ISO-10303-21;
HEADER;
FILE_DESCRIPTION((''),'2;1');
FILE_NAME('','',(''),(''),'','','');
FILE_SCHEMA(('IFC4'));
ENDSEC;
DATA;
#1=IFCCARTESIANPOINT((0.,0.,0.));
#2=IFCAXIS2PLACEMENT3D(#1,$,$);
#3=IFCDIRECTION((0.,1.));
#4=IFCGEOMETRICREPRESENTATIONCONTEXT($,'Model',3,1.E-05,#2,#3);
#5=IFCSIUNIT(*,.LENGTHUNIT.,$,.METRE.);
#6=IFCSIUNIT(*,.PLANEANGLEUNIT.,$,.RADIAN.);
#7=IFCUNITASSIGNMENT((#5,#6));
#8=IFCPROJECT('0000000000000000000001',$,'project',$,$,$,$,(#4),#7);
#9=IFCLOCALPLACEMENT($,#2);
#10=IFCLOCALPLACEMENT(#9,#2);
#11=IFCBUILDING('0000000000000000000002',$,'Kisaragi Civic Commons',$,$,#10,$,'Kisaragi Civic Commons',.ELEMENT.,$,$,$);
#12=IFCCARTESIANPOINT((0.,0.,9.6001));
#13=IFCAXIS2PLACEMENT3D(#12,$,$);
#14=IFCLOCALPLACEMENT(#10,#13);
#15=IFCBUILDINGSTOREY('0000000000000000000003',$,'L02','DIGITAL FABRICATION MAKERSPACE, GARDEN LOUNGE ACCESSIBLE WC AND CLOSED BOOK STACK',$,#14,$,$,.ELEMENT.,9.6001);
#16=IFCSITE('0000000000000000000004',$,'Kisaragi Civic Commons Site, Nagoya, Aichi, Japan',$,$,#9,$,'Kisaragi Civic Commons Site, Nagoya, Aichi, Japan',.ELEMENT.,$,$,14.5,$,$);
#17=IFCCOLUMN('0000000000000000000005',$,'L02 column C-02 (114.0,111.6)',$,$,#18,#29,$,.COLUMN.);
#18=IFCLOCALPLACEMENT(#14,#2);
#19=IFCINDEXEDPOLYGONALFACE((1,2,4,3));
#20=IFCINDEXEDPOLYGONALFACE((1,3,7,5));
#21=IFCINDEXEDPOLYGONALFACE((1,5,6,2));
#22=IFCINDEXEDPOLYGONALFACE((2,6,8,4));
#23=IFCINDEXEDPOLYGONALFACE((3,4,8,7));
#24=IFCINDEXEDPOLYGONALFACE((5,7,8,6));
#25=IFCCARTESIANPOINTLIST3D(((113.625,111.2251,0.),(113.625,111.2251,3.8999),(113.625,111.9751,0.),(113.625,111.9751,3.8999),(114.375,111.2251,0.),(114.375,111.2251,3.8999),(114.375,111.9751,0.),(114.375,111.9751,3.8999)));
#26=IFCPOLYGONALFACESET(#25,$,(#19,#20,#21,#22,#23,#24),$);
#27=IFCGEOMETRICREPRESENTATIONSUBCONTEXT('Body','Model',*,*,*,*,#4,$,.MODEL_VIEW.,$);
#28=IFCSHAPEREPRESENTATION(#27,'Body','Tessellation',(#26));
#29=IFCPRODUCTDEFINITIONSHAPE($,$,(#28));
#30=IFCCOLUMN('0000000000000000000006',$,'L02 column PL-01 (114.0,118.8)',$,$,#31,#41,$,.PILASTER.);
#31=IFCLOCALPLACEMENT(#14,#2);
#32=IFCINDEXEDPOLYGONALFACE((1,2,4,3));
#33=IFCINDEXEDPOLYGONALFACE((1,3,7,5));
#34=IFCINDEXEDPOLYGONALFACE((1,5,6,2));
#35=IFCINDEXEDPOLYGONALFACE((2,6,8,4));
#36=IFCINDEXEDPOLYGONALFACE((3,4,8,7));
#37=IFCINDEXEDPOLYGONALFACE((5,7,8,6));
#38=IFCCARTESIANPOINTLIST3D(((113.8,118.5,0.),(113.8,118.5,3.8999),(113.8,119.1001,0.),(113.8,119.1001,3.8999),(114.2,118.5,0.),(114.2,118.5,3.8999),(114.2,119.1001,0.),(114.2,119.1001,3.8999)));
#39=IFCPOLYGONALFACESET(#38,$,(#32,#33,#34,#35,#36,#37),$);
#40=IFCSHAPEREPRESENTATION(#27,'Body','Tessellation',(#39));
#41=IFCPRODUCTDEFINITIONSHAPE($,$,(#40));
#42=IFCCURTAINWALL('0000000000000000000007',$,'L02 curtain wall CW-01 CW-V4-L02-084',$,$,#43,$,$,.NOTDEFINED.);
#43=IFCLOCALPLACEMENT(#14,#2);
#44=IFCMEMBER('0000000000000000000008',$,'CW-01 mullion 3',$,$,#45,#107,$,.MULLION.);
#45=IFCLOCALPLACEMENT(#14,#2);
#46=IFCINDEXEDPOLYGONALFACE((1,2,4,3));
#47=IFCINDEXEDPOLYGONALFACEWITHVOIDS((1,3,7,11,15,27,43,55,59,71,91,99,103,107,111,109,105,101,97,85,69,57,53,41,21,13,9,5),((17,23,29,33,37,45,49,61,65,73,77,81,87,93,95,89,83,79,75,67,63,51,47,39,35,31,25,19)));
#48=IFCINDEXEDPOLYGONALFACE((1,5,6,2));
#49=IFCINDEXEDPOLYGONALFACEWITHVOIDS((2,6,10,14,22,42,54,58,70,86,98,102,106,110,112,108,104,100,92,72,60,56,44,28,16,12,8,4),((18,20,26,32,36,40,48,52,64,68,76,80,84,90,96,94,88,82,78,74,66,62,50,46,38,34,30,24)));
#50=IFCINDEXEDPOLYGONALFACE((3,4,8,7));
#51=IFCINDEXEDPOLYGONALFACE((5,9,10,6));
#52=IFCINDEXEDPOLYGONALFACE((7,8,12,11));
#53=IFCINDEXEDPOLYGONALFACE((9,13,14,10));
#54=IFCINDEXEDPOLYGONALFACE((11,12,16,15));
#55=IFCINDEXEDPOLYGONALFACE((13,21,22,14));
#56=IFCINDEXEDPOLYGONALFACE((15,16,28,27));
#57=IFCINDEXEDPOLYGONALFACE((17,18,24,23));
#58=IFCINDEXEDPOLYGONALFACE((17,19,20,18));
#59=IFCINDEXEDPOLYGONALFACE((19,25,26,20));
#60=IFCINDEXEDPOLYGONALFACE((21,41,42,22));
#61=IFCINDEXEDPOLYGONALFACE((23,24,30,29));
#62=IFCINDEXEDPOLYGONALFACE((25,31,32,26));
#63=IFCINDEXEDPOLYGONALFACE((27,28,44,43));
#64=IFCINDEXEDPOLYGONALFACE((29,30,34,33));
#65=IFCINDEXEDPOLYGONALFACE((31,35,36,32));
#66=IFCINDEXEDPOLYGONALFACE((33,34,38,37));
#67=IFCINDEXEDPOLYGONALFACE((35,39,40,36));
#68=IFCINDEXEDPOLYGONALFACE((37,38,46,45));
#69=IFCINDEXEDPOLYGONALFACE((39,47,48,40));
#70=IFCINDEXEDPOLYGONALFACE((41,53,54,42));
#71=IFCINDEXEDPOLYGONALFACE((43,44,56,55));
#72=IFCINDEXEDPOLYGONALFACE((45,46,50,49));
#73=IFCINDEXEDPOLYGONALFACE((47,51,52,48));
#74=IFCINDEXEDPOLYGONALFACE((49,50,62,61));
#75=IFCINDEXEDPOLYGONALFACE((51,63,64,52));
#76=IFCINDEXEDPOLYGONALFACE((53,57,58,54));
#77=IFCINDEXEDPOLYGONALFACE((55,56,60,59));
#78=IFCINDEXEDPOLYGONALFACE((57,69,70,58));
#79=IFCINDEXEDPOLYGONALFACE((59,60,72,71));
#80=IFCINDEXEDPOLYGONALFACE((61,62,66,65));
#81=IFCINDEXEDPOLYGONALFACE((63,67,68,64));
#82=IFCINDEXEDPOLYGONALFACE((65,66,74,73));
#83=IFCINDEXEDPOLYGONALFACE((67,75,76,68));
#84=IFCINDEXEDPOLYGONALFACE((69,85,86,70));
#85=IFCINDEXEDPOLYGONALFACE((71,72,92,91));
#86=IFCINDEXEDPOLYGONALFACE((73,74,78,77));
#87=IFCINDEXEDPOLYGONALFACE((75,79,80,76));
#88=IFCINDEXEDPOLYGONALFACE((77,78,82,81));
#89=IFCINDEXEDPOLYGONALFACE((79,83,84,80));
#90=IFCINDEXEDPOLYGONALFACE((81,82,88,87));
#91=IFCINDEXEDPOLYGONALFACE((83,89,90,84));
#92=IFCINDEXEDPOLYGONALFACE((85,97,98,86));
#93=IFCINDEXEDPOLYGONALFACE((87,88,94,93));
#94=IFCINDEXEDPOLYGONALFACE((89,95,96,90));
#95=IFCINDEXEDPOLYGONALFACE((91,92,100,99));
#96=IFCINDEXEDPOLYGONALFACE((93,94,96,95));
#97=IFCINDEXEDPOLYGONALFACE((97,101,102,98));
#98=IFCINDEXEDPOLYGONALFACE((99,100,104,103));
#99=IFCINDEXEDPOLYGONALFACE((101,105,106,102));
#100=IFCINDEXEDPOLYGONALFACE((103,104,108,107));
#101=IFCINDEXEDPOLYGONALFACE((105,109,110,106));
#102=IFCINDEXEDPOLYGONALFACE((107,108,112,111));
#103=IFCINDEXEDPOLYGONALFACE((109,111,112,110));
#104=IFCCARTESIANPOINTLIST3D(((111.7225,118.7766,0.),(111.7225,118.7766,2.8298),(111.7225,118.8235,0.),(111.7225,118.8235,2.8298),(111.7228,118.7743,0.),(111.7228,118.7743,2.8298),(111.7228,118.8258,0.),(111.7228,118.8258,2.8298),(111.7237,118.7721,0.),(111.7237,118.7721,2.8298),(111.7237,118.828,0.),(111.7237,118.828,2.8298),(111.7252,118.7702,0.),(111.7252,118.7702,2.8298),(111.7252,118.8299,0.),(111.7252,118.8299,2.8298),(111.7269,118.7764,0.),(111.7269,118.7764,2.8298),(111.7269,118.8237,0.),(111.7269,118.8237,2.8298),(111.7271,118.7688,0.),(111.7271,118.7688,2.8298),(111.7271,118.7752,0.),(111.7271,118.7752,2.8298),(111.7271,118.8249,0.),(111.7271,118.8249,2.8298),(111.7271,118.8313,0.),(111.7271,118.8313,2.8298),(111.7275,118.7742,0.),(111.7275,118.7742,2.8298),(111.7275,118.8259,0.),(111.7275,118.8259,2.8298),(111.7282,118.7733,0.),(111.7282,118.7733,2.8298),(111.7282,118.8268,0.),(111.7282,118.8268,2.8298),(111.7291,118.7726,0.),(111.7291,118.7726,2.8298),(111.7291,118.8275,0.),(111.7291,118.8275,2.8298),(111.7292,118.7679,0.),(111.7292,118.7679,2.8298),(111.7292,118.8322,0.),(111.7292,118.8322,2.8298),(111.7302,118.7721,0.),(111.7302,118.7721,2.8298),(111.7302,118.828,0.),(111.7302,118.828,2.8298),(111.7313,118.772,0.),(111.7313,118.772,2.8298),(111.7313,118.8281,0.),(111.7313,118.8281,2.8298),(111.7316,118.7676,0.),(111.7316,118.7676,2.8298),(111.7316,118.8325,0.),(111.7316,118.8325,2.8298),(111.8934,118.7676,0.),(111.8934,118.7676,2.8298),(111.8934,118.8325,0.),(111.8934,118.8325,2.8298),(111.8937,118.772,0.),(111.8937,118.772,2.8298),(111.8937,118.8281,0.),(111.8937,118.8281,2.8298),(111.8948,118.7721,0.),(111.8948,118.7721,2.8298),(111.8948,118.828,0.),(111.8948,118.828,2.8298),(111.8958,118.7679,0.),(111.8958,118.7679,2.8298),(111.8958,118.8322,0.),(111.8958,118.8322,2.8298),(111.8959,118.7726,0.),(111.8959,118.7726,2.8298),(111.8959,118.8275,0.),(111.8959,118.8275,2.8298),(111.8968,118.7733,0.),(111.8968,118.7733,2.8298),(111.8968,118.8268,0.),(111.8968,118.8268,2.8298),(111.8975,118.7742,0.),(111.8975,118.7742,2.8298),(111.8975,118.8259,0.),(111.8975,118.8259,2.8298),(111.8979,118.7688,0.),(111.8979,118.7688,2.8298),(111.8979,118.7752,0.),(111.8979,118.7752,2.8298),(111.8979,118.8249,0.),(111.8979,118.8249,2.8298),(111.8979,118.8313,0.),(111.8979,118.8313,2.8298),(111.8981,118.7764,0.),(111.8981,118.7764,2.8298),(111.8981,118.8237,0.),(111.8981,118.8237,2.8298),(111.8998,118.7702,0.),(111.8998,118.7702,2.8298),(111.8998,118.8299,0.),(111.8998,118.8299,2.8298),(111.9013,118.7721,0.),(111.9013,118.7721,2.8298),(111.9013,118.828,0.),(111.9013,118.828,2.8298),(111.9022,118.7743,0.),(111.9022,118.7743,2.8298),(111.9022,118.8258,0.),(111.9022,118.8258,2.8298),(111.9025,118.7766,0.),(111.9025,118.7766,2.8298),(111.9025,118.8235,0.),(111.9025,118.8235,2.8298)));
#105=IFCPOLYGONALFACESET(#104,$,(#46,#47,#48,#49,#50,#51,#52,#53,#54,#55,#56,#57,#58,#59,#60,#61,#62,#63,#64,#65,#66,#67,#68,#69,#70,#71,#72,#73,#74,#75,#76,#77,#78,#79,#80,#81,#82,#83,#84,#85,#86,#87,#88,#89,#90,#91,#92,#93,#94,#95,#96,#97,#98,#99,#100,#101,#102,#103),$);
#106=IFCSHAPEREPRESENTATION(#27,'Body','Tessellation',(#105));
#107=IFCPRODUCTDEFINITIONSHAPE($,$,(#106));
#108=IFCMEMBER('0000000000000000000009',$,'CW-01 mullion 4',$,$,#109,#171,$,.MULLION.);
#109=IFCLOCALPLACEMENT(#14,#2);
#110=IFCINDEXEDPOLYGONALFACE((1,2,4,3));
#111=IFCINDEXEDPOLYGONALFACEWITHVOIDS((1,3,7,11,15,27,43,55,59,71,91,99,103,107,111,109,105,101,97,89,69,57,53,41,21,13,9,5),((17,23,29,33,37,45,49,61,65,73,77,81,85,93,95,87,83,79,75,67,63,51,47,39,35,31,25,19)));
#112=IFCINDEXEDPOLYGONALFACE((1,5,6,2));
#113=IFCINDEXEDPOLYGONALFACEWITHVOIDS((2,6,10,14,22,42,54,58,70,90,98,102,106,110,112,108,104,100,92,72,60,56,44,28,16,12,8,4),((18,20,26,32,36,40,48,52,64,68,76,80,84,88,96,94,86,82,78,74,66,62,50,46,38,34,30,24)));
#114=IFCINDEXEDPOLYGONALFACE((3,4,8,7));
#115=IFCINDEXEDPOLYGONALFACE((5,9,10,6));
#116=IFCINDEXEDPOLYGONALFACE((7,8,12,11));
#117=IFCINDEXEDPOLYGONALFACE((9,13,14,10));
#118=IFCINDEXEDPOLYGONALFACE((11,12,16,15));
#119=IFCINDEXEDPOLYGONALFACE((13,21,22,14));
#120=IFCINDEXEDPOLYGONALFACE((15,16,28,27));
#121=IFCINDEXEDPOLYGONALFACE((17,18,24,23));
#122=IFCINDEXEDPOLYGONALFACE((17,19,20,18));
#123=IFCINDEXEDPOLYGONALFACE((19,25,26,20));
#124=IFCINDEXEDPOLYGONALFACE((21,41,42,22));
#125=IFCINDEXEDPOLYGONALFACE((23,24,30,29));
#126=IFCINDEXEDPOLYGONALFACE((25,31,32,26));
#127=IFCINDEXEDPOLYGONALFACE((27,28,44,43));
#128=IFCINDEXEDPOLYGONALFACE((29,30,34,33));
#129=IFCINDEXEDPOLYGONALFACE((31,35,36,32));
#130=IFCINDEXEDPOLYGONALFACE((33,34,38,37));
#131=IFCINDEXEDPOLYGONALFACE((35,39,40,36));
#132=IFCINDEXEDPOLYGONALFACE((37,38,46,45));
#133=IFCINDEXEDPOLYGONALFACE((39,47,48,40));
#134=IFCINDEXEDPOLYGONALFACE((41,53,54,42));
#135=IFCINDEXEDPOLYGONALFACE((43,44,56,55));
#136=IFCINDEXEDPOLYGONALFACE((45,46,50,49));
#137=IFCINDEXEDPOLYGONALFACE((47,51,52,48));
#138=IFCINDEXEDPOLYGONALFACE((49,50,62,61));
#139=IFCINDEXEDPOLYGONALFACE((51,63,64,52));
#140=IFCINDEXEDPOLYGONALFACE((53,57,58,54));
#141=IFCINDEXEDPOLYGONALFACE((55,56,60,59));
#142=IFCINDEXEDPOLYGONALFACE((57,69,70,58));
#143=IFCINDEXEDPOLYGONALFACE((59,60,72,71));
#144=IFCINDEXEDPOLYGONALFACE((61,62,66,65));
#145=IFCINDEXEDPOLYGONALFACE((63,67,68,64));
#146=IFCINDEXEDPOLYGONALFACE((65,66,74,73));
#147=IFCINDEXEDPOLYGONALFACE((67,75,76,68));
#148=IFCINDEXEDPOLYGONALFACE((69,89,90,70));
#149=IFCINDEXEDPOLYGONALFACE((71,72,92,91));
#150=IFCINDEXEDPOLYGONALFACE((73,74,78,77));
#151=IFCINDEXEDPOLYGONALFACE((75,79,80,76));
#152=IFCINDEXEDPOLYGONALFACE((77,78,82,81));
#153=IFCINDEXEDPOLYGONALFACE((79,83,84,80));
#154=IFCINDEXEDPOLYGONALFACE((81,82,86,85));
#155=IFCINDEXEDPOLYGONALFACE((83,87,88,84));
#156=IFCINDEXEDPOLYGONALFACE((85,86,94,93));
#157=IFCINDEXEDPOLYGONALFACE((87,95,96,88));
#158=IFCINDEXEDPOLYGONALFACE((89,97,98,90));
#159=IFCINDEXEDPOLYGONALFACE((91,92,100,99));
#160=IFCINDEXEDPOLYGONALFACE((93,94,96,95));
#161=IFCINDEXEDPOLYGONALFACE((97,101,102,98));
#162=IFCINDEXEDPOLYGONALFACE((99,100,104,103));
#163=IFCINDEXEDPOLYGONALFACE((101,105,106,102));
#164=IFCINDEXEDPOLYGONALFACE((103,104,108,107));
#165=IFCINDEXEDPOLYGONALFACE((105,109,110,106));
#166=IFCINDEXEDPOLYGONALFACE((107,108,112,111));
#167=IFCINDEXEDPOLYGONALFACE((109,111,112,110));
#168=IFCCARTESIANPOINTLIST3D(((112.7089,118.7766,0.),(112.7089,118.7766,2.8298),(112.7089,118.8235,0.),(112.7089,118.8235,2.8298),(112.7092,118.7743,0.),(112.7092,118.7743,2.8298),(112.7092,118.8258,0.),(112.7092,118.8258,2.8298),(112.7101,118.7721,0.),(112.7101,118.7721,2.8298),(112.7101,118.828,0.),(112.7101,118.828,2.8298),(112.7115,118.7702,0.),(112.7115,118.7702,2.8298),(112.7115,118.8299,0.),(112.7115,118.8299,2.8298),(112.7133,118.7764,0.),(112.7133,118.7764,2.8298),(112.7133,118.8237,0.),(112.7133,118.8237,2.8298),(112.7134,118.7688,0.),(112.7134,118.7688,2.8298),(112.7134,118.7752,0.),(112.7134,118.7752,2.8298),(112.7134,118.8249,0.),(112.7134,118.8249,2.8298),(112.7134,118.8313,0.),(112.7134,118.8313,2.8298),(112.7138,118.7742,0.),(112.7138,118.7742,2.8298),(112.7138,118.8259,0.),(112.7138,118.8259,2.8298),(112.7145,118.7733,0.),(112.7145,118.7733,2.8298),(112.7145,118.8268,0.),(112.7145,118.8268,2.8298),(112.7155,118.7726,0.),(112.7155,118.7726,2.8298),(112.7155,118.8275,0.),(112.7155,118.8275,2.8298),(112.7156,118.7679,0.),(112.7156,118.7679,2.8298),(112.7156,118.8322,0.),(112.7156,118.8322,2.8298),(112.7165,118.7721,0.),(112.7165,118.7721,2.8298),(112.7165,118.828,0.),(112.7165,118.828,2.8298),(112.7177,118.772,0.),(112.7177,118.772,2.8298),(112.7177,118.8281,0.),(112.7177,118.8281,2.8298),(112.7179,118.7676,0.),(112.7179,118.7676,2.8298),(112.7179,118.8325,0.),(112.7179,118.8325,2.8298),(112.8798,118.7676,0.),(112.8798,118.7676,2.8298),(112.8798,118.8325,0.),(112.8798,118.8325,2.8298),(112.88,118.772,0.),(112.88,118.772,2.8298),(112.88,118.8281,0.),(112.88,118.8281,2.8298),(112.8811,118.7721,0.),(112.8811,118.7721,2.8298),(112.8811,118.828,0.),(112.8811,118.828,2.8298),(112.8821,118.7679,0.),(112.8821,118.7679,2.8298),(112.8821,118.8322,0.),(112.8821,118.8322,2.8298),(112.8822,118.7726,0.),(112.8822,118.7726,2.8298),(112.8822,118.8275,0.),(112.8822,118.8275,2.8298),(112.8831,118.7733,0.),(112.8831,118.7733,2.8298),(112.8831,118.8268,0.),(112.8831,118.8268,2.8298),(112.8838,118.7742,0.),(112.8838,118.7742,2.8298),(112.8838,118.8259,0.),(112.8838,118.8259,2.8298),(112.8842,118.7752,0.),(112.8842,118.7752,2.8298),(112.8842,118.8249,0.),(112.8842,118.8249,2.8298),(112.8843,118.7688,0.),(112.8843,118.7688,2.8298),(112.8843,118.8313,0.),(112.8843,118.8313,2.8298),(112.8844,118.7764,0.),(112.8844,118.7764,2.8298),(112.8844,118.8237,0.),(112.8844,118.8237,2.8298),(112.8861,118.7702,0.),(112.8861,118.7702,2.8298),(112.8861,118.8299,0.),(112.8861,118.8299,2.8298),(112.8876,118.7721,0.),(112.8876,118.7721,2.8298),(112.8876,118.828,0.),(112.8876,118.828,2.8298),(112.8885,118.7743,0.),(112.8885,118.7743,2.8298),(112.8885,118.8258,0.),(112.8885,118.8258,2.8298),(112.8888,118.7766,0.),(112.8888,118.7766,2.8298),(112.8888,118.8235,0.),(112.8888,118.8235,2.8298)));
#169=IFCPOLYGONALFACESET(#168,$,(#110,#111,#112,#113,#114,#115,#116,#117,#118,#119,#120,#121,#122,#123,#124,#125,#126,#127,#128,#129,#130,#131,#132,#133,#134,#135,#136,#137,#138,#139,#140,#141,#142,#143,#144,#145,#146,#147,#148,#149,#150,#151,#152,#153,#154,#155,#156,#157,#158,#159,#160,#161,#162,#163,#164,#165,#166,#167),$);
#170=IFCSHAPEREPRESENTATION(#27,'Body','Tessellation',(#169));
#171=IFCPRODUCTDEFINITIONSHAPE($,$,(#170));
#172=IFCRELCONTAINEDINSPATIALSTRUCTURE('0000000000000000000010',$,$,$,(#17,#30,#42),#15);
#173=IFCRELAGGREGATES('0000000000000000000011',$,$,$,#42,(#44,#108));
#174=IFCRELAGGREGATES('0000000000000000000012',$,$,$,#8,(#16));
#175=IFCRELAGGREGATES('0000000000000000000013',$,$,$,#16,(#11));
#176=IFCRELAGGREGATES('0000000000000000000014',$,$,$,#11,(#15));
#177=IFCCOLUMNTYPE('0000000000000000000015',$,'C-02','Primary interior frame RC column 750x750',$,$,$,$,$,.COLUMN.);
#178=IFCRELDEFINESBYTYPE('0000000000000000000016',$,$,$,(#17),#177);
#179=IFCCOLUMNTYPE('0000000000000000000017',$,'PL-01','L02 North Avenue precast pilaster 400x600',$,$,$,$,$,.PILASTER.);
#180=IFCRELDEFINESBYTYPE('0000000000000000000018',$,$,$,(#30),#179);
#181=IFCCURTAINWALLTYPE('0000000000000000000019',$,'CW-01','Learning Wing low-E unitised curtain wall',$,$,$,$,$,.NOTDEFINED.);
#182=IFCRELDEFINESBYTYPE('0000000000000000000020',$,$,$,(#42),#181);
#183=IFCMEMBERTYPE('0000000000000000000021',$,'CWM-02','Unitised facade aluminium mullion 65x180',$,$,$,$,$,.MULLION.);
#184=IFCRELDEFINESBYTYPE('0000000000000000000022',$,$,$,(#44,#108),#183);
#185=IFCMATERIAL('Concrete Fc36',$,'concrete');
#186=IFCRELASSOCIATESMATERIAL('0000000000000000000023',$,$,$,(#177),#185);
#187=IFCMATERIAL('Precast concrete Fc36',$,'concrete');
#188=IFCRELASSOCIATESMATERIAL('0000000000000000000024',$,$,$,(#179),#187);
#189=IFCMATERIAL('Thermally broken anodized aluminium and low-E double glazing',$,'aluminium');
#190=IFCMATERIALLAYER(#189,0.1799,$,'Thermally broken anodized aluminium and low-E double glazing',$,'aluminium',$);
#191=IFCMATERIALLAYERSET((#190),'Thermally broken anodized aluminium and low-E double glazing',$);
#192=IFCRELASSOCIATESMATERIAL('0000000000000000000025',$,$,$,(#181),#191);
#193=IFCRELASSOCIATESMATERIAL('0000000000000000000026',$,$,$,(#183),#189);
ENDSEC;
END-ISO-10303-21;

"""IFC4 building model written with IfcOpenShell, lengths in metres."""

from ifc_helpers import new_model, si_unit, direction, frame, origin, origin_2d, place, context, subcontext, project, spatial, rectangle, hollow_rectangle, extrude, material, layer, layer_set, material_profile, profile_set, type_object, element, aggregate, save


model = new_model("IFC4")

# Units and contexts
model_context = context("Model", 3, precision=1e-05, world=origin(), true_north=direction((0.0, 1.0)))
body_context = subcontext(model_context, "Body", "Model", "MODEL_VIEW")
ifc_project = project(units=[si_unit("LENGTHUNIT", "METRE"), si_unit("PLANEANGLEUNIT", "RADIAN")], contexts=[model_context])

# Site, building, storey
site_placement = place(None, origin())
site = spatial("IfcSite", under=ifc_project, at=site_placement, Name="Kisaragi Civic Commons Site, Nagoya, Aichi, Japan", LongName="Kisaragi Civic Commons Site, Nagoya, Aichi, Japan", CompositionType="ELEMENT", RefElevation=14.5)
building_placement = place(site_placement, origin())
building = spatial("IfcBuilding", under=site, at=building_placement, Name="Kisaragi Civic Commons", LongName="Kisaragi Civic Commons", CompositionType="ELEMENT")
storey_placement = place(building_placement, frame((0.0, 0.0, 9.6001)))
storey = spatial("IfcBuildingStorey", under=building, at=storey_placement, Name="L02", Description="DIGITAL FABRICATION MAKERSPACE, GARDEN LOUNGE ACCESSIBLE WC AND CLOSED BOOK STACK", CompositionType="ELEMENT", Elevation=9.6001)

# Columns
ifc_material_1 = material(Name="Concrete Fc36", Category="concrete")
ifc_material_profile_1 = material_profile(ifc_material_1, rectangle(XDim=0.75, YDim=0.75, at=origin_2d()), Name="RC-750x750", Category="concrete")
ifc_profile_set_1 = profile_set([ifc_material_profile_1], Name="Concrete Fc36")
column_type_1 = type_object("IfcColumnType", Name="C-02", Description="Primary interior frame RC column 750x750", PredefinedType="COLUMN", material=ifc_profile_set_1)
column_1_placement = place(storey_placement, frame((114.0, 111.6001, 0.0), z_axis=(0.0, 0.0, 1.0), x_axis=(1.0, 0.0, 0.0)))
element("IfcColumn", 1, at=column_1_placement, inside=storey, type_object=column_type_1, Name="L02 column C-02 (114.0,111.6)", PredefinedType="COLUMN", context=body_context, shape_type="SweptSolid", body=[
    extrude(rectangle(XDim=0.75, YDim=0.75, at=origin_2d()), origin(), (0.0, 0.0, 1.0), 3.8999),
])
ifc_material_2 = material(Name="Precast concrete Fc36", Category="concrete")
ifc_material_profile_2 = material_profile(ifc_material_2, rectangle(XDim=0.3999, YDim=0.6001, at=origin_2d()), Name="RC-400x600", Category="concrete")
ifc_profile_set_2 = profile_set([ifc_material_profile_2], Name="Precast concrete Fc36")
column_type_2 = type_object("IfcColumnType", Name="PL-01", Description="L02 North Avenue precast pilaster 400x600", PredefinedType="PILASTER", material=ifc_profile_set_2)
column_2_placement = place(storey_placement, frame((114.0, 118.8, 0.0), z_axis=(0.0, 0.0, 1.0), x_axis=(1.0, 0.0, 0.0)))
element("IfcColumn", 2, at=column_2_placement, inside=storey, type_object=column_type_2, Name="L02 column PL-01 (114.0,118.8)", PredefinedType="PILASTER", context=body_context, shape_type="SweptSolid", body=[
    extrude(rectangle(XDim=0.3999, YDim=0.6001, at=origin_2d()), origin(), (0.0, 0.0, 1.0), 3.8999),
])

# Curtain wall, members
ifc_material_3 = material(Name="Thermally broken anodized aluminium and low-E double glazing", Category="aluminium")
ifc_layer_1 = layer(ifc_material_3, 0.1799, Name="Thermally broken anodized aluminium and low-E double glazing", Category="aluminium")
ifc_layer_set_1 = layer_set([ifc_layer_1], Name="Thermally broken anodized aluminium and low-E double glazing")
curtain_wall_type = type_object("IfcCurtainWallType", Name="CW-01", Description="Learning Wing low-E unitised curtain wall", PredefinedType="NOTDEFINED", material=ifc_layer_set_1)
curtain_wall_placement = place(storey_placement, origin())
curtain_wall = element("IfcCurtainWall", 3, at=curtain_wall_placement, inside=storey, type_object=curtain_wall_type, Name="L02 curtain wall CW-01 CW-V4-L02-084", PredefinedType="NOTDEFINED")
ifc_material_profile_3 = material_profile(ifc_material_3, hollow_rectangle(XDim=0.0649, YDim=0.1799, WallThickness=0.0044, InnerFilletRadius=0.0044, OuterFilletRadius=0.009, at=origin_2d()), Name="CWM-65x180x4.5", Category="aluminium")
ifc_profile_set_3 = profile_set([ifc_material_profile_3], Name="Thermally broken anodized aluminium and low-E double glazing")
member_type_1 = type_object("IfcMemberType", Name="CWM-02", Description="Unitised facade aluminium mullion 65x180", PredefinedType="MULLION", material=ifc_profile_set_3)
member_1_placement = place(storey_placement, frame((111.8125, 118.8, 0.0), z_axis=(0.0, 0.0, 1.0), x_axis=(0.0, 1.0, 0.0)))
member_1 = element("IfcMember", 4, at=member_1_placement, type_object=member_type_1, Name="CW-01 mullion 3", PredefinedType="MULLION", context=body_context, shape_type="SweptSolid", body=[
    extrude(hollow_rectangle(XDim=0.0649, YDim=0.1799, WallThickness=0.0044, InnerFilletRadius=0.0044, OuterFilletRadius=0.009, at=origin_2d()), origin(), (0.0, 0.0, 1.0), 2.8298),
])
member_2_placement = place(storey_placement, frame((112.7988, 118.8, 0.0), z_axis=(0.0, 0.0, 1.0), x_axis=(0.0, 1.0, 0.0)))
member_2 = element("IfcMember", 5, at=member_2_placement, type_object=member_type_1, Name="CW-01 mullion 4", PredefinedType="MULLION", context=body_context, shape_type="SweptSolid", body=[
    extrude(hollow_rectangle(XDim=0.0649, YDim=0.1799, WallThickness=0.0044, InnerFilletRadius=0.0044, OuterFilletRadius=0.009, at=origin_2d()), origin(), (0.0, 0.0, 1.0), 2.8298),
])
aggregate(curtain_wall, [member_1, member_2])

save(model, "model.ifc")
